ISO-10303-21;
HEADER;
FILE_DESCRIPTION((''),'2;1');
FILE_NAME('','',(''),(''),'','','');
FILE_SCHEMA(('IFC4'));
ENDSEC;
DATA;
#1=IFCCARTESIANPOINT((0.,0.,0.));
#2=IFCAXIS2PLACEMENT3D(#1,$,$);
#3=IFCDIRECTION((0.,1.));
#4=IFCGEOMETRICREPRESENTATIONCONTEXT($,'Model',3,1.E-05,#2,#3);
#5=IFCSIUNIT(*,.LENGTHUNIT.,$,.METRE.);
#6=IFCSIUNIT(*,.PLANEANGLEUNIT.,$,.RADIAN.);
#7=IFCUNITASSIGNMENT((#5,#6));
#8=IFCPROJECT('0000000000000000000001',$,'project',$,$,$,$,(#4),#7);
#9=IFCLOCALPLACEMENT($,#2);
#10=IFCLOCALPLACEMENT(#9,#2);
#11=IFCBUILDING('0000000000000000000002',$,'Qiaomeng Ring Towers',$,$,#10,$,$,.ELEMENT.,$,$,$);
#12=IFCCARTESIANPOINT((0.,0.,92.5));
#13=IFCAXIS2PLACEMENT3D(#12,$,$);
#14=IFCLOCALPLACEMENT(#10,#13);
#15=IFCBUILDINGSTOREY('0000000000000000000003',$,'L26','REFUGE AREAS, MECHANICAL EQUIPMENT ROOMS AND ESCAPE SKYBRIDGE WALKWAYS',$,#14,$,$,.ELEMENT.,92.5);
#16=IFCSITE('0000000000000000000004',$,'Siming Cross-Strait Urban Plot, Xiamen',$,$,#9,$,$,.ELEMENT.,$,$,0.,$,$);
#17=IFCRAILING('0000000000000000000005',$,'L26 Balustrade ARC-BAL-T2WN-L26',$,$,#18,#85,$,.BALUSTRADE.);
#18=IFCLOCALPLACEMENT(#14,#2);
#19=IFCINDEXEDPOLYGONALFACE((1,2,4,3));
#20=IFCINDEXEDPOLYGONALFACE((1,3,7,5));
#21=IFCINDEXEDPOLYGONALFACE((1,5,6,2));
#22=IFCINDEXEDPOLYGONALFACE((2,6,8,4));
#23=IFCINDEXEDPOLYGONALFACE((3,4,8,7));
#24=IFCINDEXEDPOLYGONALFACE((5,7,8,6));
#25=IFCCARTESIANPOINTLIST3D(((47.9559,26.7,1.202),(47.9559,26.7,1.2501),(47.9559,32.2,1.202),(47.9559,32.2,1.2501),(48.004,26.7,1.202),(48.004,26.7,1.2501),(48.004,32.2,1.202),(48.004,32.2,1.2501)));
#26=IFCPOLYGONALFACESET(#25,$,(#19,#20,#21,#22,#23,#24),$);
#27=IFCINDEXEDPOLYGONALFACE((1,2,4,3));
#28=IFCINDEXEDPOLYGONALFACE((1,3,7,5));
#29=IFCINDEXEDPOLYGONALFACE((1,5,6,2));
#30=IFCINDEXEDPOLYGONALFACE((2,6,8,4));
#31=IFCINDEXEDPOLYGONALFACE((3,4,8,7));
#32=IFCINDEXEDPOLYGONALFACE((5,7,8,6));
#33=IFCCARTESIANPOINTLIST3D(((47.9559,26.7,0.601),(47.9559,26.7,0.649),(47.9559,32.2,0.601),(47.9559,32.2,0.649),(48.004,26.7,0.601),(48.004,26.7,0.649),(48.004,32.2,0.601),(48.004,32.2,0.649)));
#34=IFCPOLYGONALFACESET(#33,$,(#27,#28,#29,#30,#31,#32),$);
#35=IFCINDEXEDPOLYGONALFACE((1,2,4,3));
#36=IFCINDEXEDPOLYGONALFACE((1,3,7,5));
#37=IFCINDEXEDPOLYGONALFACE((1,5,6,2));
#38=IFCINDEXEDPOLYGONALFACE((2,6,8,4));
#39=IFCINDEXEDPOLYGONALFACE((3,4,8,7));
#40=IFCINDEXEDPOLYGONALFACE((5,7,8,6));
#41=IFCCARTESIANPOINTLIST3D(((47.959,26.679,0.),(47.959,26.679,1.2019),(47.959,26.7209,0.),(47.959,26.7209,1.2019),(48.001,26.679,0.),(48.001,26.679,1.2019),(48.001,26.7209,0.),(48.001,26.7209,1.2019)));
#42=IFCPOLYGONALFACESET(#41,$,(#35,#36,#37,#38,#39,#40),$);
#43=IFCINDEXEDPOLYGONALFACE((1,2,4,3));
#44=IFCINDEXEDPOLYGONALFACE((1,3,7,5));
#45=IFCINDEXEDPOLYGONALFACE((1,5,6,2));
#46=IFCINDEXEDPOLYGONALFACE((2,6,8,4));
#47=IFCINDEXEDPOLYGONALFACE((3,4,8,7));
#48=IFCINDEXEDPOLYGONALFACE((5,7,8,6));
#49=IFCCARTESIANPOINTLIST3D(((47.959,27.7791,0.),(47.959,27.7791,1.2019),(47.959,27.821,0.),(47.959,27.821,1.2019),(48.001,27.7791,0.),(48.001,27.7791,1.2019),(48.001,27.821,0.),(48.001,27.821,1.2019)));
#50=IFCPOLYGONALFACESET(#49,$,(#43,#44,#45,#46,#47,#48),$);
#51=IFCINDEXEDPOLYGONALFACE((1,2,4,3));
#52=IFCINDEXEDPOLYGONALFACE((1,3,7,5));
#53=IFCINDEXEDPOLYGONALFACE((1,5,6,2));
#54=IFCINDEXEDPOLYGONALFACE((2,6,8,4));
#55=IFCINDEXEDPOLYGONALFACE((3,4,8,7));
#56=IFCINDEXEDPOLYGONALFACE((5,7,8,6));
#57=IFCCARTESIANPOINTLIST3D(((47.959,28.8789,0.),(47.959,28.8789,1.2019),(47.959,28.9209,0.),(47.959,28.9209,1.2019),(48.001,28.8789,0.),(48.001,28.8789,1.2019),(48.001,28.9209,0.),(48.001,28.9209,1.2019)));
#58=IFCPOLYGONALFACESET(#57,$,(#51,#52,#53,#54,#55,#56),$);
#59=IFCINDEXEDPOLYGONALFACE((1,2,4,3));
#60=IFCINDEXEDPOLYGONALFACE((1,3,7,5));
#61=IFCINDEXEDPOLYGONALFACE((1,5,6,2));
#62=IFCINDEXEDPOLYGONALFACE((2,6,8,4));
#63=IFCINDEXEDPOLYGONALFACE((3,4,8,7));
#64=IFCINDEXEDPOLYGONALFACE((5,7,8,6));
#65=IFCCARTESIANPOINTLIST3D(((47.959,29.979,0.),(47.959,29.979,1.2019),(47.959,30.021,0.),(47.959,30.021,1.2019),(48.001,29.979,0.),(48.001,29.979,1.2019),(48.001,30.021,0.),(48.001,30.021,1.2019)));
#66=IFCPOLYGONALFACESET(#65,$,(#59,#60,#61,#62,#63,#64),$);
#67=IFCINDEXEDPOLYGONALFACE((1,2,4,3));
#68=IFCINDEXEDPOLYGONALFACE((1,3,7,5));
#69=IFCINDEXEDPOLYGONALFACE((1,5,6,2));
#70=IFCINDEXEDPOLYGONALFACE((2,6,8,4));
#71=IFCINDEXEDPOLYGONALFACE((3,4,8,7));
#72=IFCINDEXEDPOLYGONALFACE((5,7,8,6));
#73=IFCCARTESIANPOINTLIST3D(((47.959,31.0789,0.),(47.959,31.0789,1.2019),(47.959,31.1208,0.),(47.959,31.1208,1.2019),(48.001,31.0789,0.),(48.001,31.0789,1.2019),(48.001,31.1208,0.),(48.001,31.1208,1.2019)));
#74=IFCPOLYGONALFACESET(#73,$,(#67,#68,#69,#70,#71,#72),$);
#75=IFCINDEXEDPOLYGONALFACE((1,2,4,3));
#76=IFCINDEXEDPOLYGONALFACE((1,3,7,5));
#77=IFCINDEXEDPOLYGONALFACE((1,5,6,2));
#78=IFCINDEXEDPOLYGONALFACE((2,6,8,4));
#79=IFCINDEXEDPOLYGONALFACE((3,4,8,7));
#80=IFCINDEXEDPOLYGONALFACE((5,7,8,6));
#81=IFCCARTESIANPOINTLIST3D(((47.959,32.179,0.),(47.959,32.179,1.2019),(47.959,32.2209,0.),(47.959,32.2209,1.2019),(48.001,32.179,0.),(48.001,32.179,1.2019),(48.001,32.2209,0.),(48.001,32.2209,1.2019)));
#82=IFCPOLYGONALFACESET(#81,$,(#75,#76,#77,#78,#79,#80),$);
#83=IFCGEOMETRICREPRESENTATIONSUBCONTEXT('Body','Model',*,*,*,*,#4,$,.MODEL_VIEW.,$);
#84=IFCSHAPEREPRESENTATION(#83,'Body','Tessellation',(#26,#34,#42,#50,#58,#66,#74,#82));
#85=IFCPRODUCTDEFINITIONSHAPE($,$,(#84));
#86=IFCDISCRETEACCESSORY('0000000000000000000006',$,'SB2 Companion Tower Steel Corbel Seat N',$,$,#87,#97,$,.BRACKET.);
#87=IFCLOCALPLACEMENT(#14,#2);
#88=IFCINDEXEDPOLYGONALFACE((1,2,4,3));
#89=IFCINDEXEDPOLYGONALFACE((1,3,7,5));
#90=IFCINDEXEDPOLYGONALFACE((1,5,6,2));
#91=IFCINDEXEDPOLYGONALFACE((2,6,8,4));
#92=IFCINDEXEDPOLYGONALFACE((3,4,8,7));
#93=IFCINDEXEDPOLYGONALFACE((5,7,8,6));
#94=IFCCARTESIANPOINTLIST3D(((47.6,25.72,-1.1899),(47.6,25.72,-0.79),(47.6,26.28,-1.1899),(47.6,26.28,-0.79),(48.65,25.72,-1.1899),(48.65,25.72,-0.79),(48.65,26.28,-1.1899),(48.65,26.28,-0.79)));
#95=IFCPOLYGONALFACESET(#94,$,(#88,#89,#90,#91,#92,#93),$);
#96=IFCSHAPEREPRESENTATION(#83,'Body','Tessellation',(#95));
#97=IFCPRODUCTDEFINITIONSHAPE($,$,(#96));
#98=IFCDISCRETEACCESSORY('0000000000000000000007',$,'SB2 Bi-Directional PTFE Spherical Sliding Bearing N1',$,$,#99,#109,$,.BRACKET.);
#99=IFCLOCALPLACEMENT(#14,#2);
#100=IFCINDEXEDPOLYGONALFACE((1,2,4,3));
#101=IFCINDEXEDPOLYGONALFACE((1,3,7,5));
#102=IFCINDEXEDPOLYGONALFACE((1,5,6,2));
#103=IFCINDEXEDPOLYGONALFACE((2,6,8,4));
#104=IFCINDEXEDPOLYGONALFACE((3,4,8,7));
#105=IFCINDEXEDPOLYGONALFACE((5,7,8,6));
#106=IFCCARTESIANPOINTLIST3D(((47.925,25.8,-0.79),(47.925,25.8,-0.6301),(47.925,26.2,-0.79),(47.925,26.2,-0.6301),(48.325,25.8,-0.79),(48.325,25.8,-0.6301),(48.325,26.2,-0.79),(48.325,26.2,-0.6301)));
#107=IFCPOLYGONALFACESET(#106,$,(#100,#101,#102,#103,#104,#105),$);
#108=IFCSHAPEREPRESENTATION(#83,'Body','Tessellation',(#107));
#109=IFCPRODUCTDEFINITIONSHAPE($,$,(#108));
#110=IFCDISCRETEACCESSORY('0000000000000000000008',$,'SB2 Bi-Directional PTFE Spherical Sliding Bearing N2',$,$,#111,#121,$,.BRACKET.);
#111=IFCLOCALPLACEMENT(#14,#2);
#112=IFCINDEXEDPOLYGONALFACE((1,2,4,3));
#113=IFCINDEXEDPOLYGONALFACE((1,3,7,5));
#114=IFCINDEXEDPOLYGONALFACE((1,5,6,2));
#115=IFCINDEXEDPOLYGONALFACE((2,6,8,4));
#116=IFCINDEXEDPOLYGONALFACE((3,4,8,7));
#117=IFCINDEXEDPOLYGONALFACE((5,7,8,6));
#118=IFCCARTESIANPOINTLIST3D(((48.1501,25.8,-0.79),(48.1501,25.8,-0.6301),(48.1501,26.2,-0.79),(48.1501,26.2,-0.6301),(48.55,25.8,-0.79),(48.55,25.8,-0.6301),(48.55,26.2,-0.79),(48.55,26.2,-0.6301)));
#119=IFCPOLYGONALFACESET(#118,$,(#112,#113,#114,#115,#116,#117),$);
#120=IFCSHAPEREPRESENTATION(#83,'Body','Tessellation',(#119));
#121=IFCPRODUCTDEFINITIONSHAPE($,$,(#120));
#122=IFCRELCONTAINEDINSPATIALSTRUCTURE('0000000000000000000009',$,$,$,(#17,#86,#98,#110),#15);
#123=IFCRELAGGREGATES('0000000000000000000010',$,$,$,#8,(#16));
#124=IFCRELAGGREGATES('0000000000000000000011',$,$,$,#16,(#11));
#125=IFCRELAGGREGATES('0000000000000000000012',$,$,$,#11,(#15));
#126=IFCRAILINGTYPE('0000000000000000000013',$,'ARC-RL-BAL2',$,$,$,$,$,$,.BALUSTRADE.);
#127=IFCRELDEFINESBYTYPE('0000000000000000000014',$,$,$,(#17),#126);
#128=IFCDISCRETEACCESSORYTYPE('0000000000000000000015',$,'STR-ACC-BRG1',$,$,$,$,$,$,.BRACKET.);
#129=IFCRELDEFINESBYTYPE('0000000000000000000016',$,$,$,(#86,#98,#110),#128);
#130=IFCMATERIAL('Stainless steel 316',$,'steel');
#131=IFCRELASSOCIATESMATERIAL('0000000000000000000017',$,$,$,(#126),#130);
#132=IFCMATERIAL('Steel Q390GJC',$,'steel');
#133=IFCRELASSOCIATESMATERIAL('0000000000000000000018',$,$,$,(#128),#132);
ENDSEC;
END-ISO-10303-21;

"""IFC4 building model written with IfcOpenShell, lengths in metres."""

from ifc_helpers import new_model, si_unit, direction, frame, origin, origin_2d, place, context, subcontext, project, spatial, rectangle, extrude, source, transform, mapped, material, type_object, element, save


model = new_model("IFC4")

# Units and contexts
model_context = context("Model", 3, precision=1e-05, world=origin(), true_north=direction((0.0, 1.0)))
body_context = subcontext(model_context, "Body", "Model", "MODEL_VIEW")
ifc_project = project(units=[si_unit("LENGTHUNIT", "METRE"), si_unit("PLANEANGLEUNIT", "RADIAN")], contexts=[model_context])

# Site, building, storey
site_placement = place(None, origin())
site = spatial("IfcSite", under=ifc_project, at=site_placement, Name="Siming Cross-Strait Urban Plot, Xiamen", CompositionType="ELEMENT", RefElevation=0.0)
building_placement = place(site_placement, origin())
building = spatial("IfcBuilding", under=site, at=building_placement, Name="Qiaomeng Ring Towers", CompositionType="ELEMENT")
storey_placement = place(building_placement, frame((0.0, 0.0, 92.5)))
storey = spatial("IfcBuildingStorey", under=building, at=storey_placement, Name="L26", Description="REFUGE AREAS, MECHANICAL EQUIPMENT ROOMS AND ESCAPE SKYBRIDGE WALKWAYS", CompositionType="ELEMENT", Elevation=92.5)

# Shared definitions
ifc_material_1 = material(Name="Steel Q390GJC", Category="steel")

# Railing
ifc_material_2 = material(Name="Stainless steel 316", Category="steel")
railing_type_1 = type_object("IfcRailingType", Name="ARC-RL-BAL2", PredefinedType="BALUSTRADE", material=ifc_material_2)
railing_1_placement = place(storey_placement, frame((47.98, 26.7, 0.0)))
element("IfcRailing", 1, at=railing_1_placement, inside=storey, type_object=railing_type_1, Name="L26 Balustrade ARC-BAL-T2WN-L26", PredefinedType="BALUSTRADE", context=body_context, shape_type="SweptSolid", body=[
    extrude(rectangle(XDim=0.0481, YDim=0.0481, at=origin_2d()), frame((0.0, 0.0, 1.2261), z_axis=(0.0, 1.0, 0.0), x_axis=(-1.0, 0.0, 0.0)), (0.0, 0.0, 1.0), 5.5),
    extrude(rectangle(XDim=0.0481, YDim=0.0481, at=origin_2d()), frame((0.0, 0.0, 0.625), z_axis=(0.0, 1.0, 0.0), x_axis=(-1.0, 0.0, 0.0)), (0.0, 0.0, 1.0), 5.5),
    extrude(rectangle(XDim=0.042, YDim=0.042, at=origin_2d()), origin(), (0.0, 0.0, 1.0), 1.2019),
    extrude(rectangle(XDim=0.042, YDim=0.042, at=origin_2d()), frame((0.0, 1.1001, 0.0)), (0.0, 0.0, 1.0), 1.2019),
    extrude(rectangle(XDim=0.042, YDim=0.042, at=origin_2d()), frame((0.0, 2.2, 0.0)), (0.0, 0.0, 1.0), 1.2019),
    extrude(rectangle(XDim=0.042, YDim=0.042, at=origin_2d()), frame((0.0, 3.3, 0.0)), (0.0, 0.0, 1.0), 1.2019),
    extrude(rectangle(XDim=0.042, YDim=0.042, at=origin_2d()), frame((0.0, 4.3999, 0.0)), (0.0, 0.0, 1.0), 1.2019),
    extrude(rectangle(XDim=0.042, YDim=0.042, at=origin_2d()), frame((0.0, 5.5, 0.0)), (0.0, 0.0, 1.0), 1.2019),
])

# Discrete accessories
discrete_accessory_type = type_object("IfcDiscreteAccessoryType", Name="STR-ACC-BRG1", PredefinedType="BRACKET", material=ifc_material_1)
shared_shape_1 = source(origin(), body_context, "Body", "SweptSolid", [
    extrude(rectangle(XDim=1.05, YDim=0.5601, at=origin_2d()), origin(), (0.0, 0.0, 1.0), 0.3999),
])
discrete_accessory_placement = place(storey_placement, frame((48.125, 26.0, -1.1899), z_axis=(0.0, 0.0, 1.0), x_axis=(1.0, 0.0, 0.0)))
element("IfcDiscreteAccessory", 2, at=discrete_accessory_placement, inside=storey, type_object=discrete_accessory_type, Name="SB2 Companion Tower Steel Corbel Seat N", PredefinedType="BRACKET", context=body_context, shape_type="MappedRepresentation", body=[
    mapped(shared_shape_1, transform((0.0, 0.0, 0.0), x_axis=(1.0, 0.0, 0.0), y_axis=(0.0, 1.0, 0.0), z_axis=(0.0, 0.0, 1.0), scale=1.0)),
])
shared_shape_2 = source(origin(), body_context, "Body", "SweptSolid", [
    extrude(rectangle(XDim=0.3999, YDim=0.3999, at=origin_2d()), origin(), (0.0, 0.0, 1.0), 0.1599),
])
for number, where, z_axis, x_axis, name in (
    (3, (48.125, 26.0, -0.79), (0.0, 0.0, 1.0), (1.0, 0.0, 0.0), "SB2 Bi-Directional PTFE Spherical Sliding Bearing N1"),
    (4, (48.3501, 26.0, -0.79), (0.0, 0.0, 1.0), (1.0, 0.0, 0.0), "SB2 Bi-Directional PTFE Spherical Sliding Bearing N2"),
):
    element("IfcDiscreteAccessory", number, at=place(storey_placement, frame(where, z_axis=z_axis, x_axis=x_axis)), inside=storey, type_object=discrete_accessory_type, Name=name, PredefinedType="BRACKET", context=body_context, shape_type="MappedRepresentation", body=[
        mapped(shared_shape_2, transform((0.0, 0.0, 0.0), x_axis=(1.0, 0.0, 0.0), y_axis=(0.0, 1.0, 0.0), z_axis=(0.0, 0.0, 1.0), scale=1.0)),
    ])

save(model, "model.ifc")
